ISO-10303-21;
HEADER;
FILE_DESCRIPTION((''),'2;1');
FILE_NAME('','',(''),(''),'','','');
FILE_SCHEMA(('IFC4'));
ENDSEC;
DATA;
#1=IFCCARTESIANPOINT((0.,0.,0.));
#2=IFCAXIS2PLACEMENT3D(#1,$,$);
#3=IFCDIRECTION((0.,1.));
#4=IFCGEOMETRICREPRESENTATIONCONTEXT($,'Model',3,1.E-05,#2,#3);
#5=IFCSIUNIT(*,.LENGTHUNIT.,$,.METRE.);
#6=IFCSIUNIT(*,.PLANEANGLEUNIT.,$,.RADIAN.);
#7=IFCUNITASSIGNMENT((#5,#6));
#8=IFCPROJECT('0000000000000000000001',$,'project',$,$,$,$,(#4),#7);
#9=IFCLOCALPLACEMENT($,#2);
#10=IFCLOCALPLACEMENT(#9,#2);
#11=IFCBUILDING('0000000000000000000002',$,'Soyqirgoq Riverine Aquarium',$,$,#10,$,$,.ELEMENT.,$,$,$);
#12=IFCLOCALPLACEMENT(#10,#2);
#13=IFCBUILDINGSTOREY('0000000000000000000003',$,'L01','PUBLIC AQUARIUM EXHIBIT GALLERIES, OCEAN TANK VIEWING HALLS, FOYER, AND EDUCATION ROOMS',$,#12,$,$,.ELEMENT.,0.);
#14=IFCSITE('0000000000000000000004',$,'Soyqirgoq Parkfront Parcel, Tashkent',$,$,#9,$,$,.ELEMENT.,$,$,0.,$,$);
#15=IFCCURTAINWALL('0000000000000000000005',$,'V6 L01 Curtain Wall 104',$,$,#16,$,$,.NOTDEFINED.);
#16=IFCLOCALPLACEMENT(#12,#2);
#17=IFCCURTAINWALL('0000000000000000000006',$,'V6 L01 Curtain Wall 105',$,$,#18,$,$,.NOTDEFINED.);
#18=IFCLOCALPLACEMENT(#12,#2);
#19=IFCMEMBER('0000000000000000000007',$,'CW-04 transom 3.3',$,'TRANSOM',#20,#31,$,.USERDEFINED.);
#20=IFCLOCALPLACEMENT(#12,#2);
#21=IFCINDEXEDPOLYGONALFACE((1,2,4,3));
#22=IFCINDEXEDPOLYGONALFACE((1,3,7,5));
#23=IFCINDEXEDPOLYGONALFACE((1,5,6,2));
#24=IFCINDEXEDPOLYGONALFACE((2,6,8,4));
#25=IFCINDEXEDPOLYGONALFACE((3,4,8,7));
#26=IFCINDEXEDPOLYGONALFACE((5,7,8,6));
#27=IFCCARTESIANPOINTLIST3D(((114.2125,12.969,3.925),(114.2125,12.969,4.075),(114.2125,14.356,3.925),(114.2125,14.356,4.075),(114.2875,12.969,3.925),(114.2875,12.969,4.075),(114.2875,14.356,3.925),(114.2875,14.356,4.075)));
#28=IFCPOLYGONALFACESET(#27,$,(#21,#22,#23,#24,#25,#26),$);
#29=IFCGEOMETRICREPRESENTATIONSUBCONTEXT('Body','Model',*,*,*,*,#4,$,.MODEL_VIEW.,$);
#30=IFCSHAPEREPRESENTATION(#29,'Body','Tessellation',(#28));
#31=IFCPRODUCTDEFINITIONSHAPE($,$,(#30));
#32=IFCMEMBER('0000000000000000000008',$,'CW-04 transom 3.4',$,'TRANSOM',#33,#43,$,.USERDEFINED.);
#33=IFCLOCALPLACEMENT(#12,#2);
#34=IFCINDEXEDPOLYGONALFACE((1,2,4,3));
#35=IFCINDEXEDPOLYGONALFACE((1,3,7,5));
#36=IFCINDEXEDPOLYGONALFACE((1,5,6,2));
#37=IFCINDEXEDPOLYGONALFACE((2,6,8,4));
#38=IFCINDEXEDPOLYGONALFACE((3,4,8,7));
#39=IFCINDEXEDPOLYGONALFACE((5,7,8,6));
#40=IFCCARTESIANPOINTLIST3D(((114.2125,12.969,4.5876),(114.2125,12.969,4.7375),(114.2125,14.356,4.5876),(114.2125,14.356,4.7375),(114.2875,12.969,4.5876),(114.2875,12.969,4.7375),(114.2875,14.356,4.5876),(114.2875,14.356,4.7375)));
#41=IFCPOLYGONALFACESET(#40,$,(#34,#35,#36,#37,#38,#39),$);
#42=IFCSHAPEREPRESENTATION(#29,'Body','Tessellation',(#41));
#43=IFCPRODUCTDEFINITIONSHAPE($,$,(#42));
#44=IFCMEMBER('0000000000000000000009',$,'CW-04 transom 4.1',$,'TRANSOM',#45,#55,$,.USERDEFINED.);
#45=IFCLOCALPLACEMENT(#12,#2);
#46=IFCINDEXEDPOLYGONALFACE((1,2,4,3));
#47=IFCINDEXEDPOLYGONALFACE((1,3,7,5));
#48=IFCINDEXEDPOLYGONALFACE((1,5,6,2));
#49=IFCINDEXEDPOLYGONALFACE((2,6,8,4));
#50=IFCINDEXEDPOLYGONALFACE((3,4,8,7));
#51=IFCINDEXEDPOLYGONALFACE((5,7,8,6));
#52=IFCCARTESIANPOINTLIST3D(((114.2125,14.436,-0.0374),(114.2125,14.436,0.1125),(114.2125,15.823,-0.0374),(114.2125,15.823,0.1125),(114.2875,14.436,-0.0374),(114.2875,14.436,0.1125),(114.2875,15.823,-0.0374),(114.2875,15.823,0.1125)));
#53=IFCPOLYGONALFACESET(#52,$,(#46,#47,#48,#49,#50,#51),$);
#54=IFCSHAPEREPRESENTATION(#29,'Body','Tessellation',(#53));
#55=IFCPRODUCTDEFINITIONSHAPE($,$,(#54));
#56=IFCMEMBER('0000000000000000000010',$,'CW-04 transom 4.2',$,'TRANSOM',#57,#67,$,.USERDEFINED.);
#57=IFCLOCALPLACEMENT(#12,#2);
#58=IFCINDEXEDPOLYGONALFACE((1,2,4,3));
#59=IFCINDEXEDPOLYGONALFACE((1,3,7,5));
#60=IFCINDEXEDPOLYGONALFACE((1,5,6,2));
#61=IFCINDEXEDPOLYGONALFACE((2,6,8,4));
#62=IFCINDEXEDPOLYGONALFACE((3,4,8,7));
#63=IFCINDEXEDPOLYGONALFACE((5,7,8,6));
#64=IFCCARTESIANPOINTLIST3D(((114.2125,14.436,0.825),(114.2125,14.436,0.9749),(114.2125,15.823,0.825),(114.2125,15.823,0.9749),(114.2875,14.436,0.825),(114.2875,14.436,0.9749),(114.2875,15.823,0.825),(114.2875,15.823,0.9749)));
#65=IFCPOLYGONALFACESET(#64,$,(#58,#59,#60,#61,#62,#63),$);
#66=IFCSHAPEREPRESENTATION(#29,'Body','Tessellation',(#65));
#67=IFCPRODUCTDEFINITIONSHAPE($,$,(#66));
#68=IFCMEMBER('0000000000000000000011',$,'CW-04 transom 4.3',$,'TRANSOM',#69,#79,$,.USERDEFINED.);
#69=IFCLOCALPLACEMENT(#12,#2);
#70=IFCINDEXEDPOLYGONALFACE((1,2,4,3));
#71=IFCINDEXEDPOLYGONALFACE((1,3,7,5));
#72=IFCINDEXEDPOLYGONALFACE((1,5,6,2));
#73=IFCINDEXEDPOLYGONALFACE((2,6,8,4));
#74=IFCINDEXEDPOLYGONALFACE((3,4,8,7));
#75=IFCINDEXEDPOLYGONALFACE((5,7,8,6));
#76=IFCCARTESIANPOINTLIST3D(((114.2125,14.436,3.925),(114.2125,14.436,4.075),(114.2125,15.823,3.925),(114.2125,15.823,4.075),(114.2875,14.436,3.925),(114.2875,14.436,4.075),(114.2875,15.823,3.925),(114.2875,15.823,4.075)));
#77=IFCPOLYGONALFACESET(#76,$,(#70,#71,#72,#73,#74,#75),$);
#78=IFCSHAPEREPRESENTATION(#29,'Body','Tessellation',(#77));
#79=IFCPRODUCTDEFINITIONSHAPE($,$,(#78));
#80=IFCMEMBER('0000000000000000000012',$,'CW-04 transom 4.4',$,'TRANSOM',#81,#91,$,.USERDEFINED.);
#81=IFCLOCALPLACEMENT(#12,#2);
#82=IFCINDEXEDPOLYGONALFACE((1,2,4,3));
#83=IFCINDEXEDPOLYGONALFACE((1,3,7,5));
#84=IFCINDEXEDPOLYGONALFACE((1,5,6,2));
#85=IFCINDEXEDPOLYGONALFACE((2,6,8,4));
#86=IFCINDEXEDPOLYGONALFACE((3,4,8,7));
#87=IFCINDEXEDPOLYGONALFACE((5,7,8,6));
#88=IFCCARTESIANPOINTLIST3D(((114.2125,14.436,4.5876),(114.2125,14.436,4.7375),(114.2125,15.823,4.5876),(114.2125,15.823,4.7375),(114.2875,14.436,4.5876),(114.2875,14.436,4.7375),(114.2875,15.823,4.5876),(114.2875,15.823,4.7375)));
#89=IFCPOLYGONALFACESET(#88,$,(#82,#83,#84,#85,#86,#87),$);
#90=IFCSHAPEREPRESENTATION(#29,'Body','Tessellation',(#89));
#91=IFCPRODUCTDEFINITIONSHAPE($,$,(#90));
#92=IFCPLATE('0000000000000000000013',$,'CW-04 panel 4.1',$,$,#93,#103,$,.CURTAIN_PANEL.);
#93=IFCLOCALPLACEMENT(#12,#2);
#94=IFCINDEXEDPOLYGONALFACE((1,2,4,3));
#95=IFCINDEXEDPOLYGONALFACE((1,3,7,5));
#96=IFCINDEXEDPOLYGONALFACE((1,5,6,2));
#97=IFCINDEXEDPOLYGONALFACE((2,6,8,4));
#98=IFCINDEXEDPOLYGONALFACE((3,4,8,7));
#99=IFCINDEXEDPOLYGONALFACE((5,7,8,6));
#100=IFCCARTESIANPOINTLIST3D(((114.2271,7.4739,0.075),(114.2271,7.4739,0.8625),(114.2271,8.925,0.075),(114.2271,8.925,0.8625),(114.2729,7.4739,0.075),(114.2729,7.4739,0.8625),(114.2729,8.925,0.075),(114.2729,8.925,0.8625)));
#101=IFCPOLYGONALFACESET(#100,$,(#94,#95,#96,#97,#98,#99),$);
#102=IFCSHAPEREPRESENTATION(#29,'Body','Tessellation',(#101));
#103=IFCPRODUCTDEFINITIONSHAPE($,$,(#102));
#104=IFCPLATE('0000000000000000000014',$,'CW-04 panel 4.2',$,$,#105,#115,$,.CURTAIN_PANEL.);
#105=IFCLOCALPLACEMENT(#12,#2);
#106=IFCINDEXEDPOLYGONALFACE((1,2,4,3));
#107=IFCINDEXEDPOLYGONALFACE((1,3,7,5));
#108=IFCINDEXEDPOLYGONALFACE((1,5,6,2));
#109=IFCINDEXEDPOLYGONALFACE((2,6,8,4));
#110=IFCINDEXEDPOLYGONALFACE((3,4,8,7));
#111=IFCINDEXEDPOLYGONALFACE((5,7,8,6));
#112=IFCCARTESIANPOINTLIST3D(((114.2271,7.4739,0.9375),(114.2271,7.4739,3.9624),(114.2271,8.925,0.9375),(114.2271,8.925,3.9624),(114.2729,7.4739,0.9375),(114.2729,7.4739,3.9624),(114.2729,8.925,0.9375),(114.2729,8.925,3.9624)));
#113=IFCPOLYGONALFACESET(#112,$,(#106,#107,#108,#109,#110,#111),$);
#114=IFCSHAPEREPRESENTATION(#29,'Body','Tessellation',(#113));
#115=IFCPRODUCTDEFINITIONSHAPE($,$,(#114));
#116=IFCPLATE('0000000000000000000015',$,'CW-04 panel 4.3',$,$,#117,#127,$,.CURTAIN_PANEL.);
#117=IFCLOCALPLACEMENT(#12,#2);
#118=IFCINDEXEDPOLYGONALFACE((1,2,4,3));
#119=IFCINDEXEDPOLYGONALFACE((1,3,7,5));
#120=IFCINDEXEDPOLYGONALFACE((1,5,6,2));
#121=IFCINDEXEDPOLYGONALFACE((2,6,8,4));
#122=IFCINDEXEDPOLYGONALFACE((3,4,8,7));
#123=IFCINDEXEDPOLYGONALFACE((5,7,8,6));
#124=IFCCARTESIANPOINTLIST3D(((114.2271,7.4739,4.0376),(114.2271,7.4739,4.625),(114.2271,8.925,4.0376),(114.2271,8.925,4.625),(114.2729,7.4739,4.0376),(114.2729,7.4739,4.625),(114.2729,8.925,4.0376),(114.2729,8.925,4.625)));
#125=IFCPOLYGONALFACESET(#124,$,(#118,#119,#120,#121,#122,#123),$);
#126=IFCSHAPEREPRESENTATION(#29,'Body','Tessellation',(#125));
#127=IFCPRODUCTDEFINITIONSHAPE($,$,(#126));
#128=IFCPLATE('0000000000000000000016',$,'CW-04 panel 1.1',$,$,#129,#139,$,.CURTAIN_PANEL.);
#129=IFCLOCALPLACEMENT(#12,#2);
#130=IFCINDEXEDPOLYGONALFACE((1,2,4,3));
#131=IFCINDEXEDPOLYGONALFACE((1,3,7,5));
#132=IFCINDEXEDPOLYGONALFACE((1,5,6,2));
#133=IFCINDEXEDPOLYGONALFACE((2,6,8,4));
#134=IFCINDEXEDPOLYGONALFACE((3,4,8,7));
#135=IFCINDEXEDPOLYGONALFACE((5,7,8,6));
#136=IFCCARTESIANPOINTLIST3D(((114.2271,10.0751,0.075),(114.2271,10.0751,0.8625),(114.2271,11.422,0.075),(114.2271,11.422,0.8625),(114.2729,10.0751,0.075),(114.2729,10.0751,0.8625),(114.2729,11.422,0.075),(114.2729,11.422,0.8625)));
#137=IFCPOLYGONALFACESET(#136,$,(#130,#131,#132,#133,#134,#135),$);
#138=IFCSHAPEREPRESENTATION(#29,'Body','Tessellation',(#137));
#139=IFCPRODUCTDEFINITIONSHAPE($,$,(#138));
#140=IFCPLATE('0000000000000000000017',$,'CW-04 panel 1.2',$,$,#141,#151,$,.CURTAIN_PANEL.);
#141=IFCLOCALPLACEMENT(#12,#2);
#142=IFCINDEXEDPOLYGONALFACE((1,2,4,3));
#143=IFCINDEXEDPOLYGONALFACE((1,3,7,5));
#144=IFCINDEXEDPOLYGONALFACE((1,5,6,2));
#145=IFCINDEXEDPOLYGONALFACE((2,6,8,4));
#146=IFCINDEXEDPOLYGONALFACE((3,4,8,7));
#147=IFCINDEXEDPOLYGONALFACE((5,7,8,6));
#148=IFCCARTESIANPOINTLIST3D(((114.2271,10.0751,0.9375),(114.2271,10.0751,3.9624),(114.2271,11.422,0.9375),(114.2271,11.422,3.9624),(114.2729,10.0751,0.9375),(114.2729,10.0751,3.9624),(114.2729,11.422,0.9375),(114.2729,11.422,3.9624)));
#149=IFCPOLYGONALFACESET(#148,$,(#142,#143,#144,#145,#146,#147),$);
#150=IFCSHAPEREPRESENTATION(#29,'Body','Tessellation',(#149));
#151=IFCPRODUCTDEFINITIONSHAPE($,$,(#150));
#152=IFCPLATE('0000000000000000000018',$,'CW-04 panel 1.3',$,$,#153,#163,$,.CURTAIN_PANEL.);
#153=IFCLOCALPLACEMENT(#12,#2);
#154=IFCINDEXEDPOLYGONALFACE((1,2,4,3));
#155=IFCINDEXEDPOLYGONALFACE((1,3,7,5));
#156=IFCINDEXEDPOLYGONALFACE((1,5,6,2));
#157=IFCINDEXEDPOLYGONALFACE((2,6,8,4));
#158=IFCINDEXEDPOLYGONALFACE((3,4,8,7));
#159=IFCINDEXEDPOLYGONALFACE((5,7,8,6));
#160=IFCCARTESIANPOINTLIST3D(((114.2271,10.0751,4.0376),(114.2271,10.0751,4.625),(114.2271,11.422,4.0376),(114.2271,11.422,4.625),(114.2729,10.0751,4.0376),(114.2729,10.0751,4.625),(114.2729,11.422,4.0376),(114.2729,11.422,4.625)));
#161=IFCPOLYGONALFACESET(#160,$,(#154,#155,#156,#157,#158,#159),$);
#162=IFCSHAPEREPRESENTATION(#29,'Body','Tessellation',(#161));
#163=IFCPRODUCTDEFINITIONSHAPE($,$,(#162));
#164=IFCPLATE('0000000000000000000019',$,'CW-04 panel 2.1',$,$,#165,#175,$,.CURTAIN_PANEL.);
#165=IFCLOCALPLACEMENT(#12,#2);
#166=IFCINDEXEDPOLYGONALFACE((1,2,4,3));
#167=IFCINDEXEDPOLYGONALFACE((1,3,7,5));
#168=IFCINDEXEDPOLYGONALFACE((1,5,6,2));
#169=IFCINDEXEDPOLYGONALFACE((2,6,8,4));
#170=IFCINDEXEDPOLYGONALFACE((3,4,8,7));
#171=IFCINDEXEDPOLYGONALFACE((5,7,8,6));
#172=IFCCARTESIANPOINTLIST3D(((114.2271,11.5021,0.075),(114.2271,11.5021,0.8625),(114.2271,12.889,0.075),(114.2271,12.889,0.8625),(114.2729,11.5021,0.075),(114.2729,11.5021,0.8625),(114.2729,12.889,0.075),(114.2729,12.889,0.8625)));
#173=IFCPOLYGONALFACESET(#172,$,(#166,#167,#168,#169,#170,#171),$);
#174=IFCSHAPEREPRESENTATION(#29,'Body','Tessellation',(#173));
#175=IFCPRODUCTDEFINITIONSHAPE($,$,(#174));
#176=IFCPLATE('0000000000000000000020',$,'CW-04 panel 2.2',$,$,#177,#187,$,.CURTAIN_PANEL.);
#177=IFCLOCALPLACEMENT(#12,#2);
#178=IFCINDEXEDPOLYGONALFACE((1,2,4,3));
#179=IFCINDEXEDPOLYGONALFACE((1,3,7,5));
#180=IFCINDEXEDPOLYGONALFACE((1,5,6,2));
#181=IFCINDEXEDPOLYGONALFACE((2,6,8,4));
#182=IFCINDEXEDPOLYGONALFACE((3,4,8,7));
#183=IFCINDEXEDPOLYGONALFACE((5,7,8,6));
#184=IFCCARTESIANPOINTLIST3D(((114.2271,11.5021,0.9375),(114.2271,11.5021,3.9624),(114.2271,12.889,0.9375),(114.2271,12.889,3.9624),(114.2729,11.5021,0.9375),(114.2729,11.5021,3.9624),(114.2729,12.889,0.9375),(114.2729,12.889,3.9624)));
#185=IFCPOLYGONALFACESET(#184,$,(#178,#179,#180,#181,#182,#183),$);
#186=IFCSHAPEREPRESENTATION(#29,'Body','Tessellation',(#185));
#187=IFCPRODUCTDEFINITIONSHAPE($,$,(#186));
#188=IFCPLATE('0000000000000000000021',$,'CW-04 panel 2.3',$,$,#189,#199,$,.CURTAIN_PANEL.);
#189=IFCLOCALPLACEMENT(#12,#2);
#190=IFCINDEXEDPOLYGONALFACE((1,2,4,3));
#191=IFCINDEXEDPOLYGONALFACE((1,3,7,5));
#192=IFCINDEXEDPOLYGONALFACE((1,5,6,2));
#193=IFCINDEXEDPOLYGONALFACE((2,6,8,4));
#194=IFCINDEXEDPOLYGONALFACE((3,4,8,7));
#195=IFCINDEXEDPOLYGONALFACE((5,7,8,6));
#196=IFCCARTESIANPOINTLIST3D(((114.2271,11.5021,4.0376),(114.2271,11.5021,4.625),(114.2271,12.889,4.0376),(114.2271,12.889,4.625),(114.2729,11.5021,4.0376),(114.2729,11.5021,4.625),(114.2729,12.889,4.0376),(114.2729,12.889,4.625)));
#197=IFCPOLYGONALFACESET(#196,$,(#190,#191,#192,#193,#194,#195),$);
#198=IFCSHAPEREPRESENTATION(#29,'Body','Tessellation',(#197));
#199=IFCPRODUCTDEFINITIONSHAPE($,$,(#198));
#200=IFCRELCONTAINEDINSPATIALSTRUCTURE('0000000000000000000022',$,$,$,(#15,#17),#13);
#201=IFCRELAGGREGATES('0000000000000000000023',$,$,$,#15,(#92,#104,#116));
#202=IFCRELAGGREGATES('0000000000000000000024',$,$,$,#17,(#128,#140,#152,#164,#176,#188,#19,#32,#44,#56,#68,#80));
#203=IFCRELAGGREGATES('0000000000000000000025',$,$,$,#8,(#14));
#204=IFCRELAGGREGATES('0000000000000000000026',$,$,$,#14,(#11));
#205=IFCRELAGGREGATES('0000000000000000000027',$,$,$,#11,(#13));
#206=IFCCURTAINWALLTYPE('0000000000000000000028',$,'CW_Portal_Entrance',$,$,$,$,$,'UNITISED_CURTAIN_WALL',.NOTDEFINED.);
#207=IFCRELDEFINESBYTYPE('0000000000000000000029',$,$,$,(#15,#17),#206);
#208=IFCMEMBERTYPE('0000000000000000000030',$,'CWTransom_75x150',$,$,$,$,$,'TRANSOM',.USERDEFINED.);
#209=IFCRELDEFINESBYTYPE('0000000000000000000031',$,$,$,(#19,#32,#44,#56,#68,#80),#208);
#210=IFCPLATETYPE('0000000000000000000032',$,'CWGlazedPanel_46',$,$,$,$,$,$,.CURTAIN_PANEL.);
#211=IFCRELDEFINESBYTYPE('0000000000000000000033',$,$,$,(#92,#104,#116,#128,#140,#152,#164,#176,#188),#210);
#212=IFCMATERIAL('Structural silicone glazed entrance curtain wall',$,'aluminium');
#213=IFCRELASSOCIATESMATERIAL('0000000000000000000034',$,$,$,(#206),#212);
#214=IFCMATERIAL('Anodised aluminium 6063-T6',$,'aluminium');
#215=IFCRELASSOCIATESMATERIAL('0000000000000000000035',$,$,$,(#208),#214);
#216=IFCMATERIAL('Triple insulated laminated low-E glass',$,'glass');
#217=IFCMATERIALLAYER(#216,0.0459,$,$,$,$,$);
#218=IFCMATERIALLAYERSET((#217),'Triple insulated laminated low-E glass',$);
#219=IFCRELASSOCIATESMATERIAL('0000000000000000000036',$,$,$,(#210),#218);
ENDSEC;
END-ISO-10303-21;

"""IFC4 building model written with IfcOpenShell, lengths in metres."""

from ifc_helpers import new_model, si_unit, direction, frame, origin, origin_2d, place, context, subcontext, project, spatial, rectangle, extrude, material, layer, layer_set, material_profile, profile_set, type_object, element, aggregate, save


model = new_model("IFC4")

# Units and contexts
model_context = context("Model", 3, precision=1e-05, world=origin(), true_north=direction((0.0, 1.0)))
body_context = subcontext(model_context, "Body", "Model", "MODEL_VIEW")
ifc_project = project(units=[si_unit("LENGTHUNIT", "METRE"), si_unit("PLANEANGLEUNIT", "RADIAN")], contexts=[model_context])

# Site, building, storey
site_placement = place(None, origin())
site = spatial("IfcSite", under=ifc_project, at=site_placement, Name="Soyqirgoq Parkfront Parcel, Tashkent", CompositionType="ELEMENT", RefElevation=0.0)
building_placement = place(site_placement, origin())
building = spatial("IfcBuilding", under=site, at=building_placement, Name="Soyqirgoq Riverine Aquarium", CompositionType="ELEMENT")
storey_placement = place(building_placement, origin())
storey = spatial("IfcBuildingStorey", under=building, at=storey_placement, Name="L01", Description="PUBLIC AQUARIUM EXHIBIT GALLERIES, OCEAN TANK VIEWING HALLS, FOYER, AND EDUCATION ROOMS", CompositionType="ELEMENT", Elevation=0.0)

# Curtain wall
ifc_material_1 = material(Name="Structural silicone glazed entrance curtain wall", Category="aluminium")
curtain_wall_type = type_object("IfcCurtainWallType", Name="CW_Portal_Entrance", ElementType="UNITISED_CURTAIN_WALL", PredefinedType="NOTDEFINED", material=ifc_material_1)
curtain_wall_1_placement = place(storey_placement, origin())
curtain_wall_1 = element("IfcCurtainWall", 1, at=curtain_wall_1_placement, inside=storey, type_object=curtain_wall_type, Name="V6 L01 Curtain Wall 104", PredefinedType="NOTDEFINED")

# Curtain wall, members
curtain_wall_2_placement = place(storey_placement, origin())
curtain_wall_2 = element("IfcCurtainWall", 2, at=curtain_wall_2_placement, inside=storey, type_object=curtain_wall_type, Name="V6 L01 Curtain Wall 105", PredefinedType="NOTDEFINED")
ifc_material_2 = material(Name="Anodised aluminium 6063-T6", Category="aluminium")
ifc_material_profile_1 = material_profile(ifc_material_2, rectangle(XDim=0.075, YDim=0.1499, at=origin_2d()), Name="ALU-T 75x150")
ifc_profile_set_1 = profile_set([ifc_material_profile_1], Name="Anodised aluminium 6063-T6")
member_type_1 = type_object("IfcMemberType", Name="CWTransom_75x150", ElementType="TRANSOM", PredefinedType="USERDEFINED", material=ifc_profile_set_1)
member_1_placement = place(storey_placement, frame((114.25, 12.969, 4.0), z_axis=(0.0, 1.0, 0.0), x_axis=(-1.0, 0.0, 0.0)))
member_1 = element("IfcMember", 3, at=member_1_placement, type_object=member_type_1, Name="CW-04 transom 3.3", ObjectType="TRANSOM", PredefinedType="USERDEFINED", context=body_context, shape_type="SweptSolid", body=[
    extrude(rectangle(XDim=0.075, YDim=0.1499, at=origin_2d()), origin(), (0.0, 0.0, 1.0), 1.387),
])
member_2_placement = place(storey_placement, frame((114.25, 12.969, 4.6626), z_axis=(0.0, 1.0, 0.0), x_axis=(-1.0, 0.0, 0.0)))
member_2 = element("IfcMember", 4, at=member_2_placement, type_object=member_type_1, Name="CW-04 transom 3.4", ObjectType="TRANSOM", PredefinedType="USERDEFINED", context=body_context, shape_type="SweptSolid", body=[
    extrude(rectangle(XDim=0.075, YDim=0.1499, at=origin_2d()), origin(), (0.0, 0.0, 1.0), 1.387),
])
member_3_placement = place(storey_placement, frame((114.25, 14.436, 0.0376), z_axis=(0.0, 1.0, 0.0), x_axis=(-1.0, 0.0, 0.0)))
member_3 = element("IfcMember", 5, at=member_3_placement, type_object=member_type_1, Name="CW-04 transom 4.1", ObjectType="TRANSOM", PredefinedType="USERDEFINED", context=body_context, shape_type="SweptSolid", body=[
    extrude(rectangle(XDim=0.075, YDim=0.1499, at=origin_2d()), origin(), (0.0, 0.0, 1.0), 1.387),
])
member_4_placement = place(storey_placement, frame((114.25, 14.436, 0.8999), z_axis=(0.0, 1.0, 0.0), x_axis=(-1.0, 0.0, 0.0)))
member_4 = element("IfcMember", 6, at=member_4_placement, type_object=member_type_1, Name="CW-04 transom 4.2", ObjectType="TRANSOM", PredefinedType="USERDEFINED", context=body_context, shape_type="SweptSolid", body=[
    extrude(rectangle(XDim=0.075, YDim=0.1499, at=origin_2d()), origin(), (0.0, 0.0, 1.0), 1.387),
])
member_5_placement = place(storey_placement, frame((114.25, 14.436, 4.0), z_axis=(0.0, 1.0, 0.0), x_axis=(-1.0, 0.0, 0.0)))
member_5 = element("IfcMember", 7, at=member_5_placement, type_object=member_type_1, Name="CW-04 transom 4.3", ObjectType="TRANSOM", PredefinedType="USERDEFINED", context=body_context, shape_type="SweptSolid", body=[
    extrude(rectangle(XDim=0.075, YDim=0.1499, at=origin_2d()), origin(), (0.0, 0.0, 1.0), 1.387),
])
member_6_placement = place(storey_placement, frame((114.25, 14.436, 4.6626), z_axis=(0.0, 1.0, 0.0), x_axis=(-1.0, 0.0, 0.0)))
member_6 = element("IfcMember", 8, at=member_6_placement, type_object=member_type_1, Name="CW-04 transom 4.4", ObjectType="TRANSOM", PredefinedType="USERDEFINED", context=body_context, shape_type="SweptSolid", body=[
    extrude(rectangle(XDim=0.075, YDim=0.1499, at=origin_2d()), origin(), (0.0, 0.0, 1.0), 1.387),
])

# Plates
ifc_material_3 = material(Name="Triple insulated laminated low-E glass", Category="glass")
ifc_layer = layer(ifc_material_3, 0.0459)
ifc_layer_set = layer_set([ifc_layer], Name="Triple insulated laminated low-E glass")
plate_type = type_object("IfcPlateType", Name="CWGlazedPanel_46", PredefinedType="CURTAIN_PANEL", material=ifc_layer_set)
plate_1_placement = place(storey_placement, frame((114.25, 8.1995, 0.075), z_axis=(0.0, 0.0, 1.0), x_axis=(0.0, 1.0, 0.0)))
plate_1 = element("IfcPlate", 9, at=plate_1_placement, type_object=plate_type, Name="CW-04 panel 4.1", PredefinedType="CURTAIN_PANEL", context=body_context, shape_type="SweptSolid", body=[
    extrude(rectangle(XDim=1.4512, YDim=0.0459, at=origin_2d()), origin(), (0.0, 0.0, 1.0), 0.7876),
])
plate_2_placement = place(storey_placement, frame((114.25, 8.1995, 0.9375), z_axis=(0.0, 0.0, 1.0), x_axis=(0.0, 1.0, 0.0)))
plate_2 = element("IfcPlate", 10, at=plate_2_placement, type_object=plate_type, Name="CW-04 panel 4.2", PredefinedType="CURTAIN_PANEL", context=body_context, shape_type="SweptSolid", body=[
    extrude(rectangle(XDim=1.4512, YDim=0.0459, at=origin_2d()), origin(), (0.0, 0.0, 1.0), 3.0249),
])
plate_3_placement = place(storey_placement, frame((114.25, 8.1995, 4.0376), z_axis=(0.0, 0.0, 1.0), x_axis=(0.0, 1.0, 0.0)))
plate_3 = element("IfcPlate", 11, at=plate_3_placement, type_object=plate_type, Name="CW-04 panel 4.3", PredefinedType="CURTAIN_PANEL", context=body_context, shape_type="SweptSolid", body=[
    extrude(rectangle(XDim=1.4512, YDim=0.0459, at=origin_2d()), origin(), (0.0, 0.0, 1.0), 0.5874),
])
aggregate(curtain_wall_1, [plate_1, plate_2, plate_3])
plate_4_placement = place(storey_placement, frame((114.25, 10.7485, 0.075), z_axis=(0.0, 0.0, 1.0), x_axis=(0.0, 1.0, 0.0)))
plate_4 = element("IfcPlate", 12, at=plate_4_placement, type_object=plate_type, Name="CW-04 panel 1.1", PredefinedType="CURTAIN_PANEL", context=body_context, shape_type="SweptSolid", body=[
    extrude(rectangle(XDim=1.3469, YDim=0.0459, at=origin_2d()), origin(), (0.0, 0.0, 1.0), 0.7876),
])
plate_5_placement = place(storey_placement, frame((114.25, 10.7485, 0.9375), z_axis=(0.0, 0.0, 1.0), x_axis=(0.0, 1.0, 0.0)))
plate_5 = element("IfcPlate", 13, at=plate_5_placement, type_object=plate_type, Name="CW-04 panel 1.2", PredefinedType="CURTAIN_PANEL", context=body_context, shape_type="SweptSolid", body=[
    extrude(rectangle(XDim=1.3469, YDim=0.0459, at=origin_2d()), origin(), (0.0, 0.0, 1.0), 3.0249),
])
plate_6_placement = place(storey_placement, frame((114.25, 10.7485, 4.0376), z_axis=(0.0, 0.0, 1.0), x_axis=(0.0, 1.0, 0.0)))
plate_6 = element("IfcPlate", 14, at=plate_6_placement, type_object=plate_type, Name="CW-04 panel 1.3", PredefinedType="CURTAIN_PANEL", context=body_context, shape_type="SweptSolid", body=[
    extrude(rectangle(XDim=1.3469, YDim=0.0459, at=origin_2d()), origin(), (0.0, 0.0, 1.0), 0.5874),
])
plate_7_placement = place(storey_placement, frame((114.25, 12.1956, 0.075), z_axis=(0.0, 0.0, 1.0), x_axis=(0.0, 1.0, 0.0)))
plate_7 = element("IfcPlate", 15, at=plate_7_placement, type_object=plate_type, Name="CW-04 panel 2.1", PredefinedType="CURTAIN_PANEL", context=body_context, shape_type="SweptSolid", body=[
    extrude(rectangle(XDim=1.387, YDim=0.0459, at=origin_2d()), origin(), (0.0, 0.0, 1.0), 0.7876),
])
plate_8_placement = place(storey_placement, frame((114.25, 12.1956, 0.9375), z_axis=(0.0, 0.0, 1.0), x_axis=(0.0, 1.0, 0.0)))
plate_8 = element("IfcPlate", 16, at=plate_8_placement, type_object=plate_type, Name="CW-04 panel 2.2", PredefinedType="CURTAIN_PANEL", context=body_context, shape_type="SweptSolid", body=[
    extrude(rectangle(XDim=1.387, YDim=0.0459, at=origin_2d()), origin(), (0.0, 0.0, 1.0), 3.0249),
])
plate_9_placement = place(storey_placement, frame((114.25, 12.1956, 4.0376), z_axis=(0.0, 0.0, 1.0), x_axis=(0.0, 1.0, 0.0)))
plate_9 = element("IfcPlate", 17, at=plate_9_placement, type_object=plate_type, Name="CW-04 panel 2.3", PredefinedType="CURTAIN_PANEL", context=body_context, shape_type="SweptSolid", body=[
    extrude(rectangle(XDim=1.387, YDim=0.0459, at=origin_2d()), origin(), (0.0, 0.0, 1.0), 0.5874),
])
aggregate(curtain_wall_2, [plate_4, plate_5, plate_6, plate_7, plate_8, plate_9, member_1, member_2, member_3, member_4, member_5, member_6])

save(model, "model.ifc")
